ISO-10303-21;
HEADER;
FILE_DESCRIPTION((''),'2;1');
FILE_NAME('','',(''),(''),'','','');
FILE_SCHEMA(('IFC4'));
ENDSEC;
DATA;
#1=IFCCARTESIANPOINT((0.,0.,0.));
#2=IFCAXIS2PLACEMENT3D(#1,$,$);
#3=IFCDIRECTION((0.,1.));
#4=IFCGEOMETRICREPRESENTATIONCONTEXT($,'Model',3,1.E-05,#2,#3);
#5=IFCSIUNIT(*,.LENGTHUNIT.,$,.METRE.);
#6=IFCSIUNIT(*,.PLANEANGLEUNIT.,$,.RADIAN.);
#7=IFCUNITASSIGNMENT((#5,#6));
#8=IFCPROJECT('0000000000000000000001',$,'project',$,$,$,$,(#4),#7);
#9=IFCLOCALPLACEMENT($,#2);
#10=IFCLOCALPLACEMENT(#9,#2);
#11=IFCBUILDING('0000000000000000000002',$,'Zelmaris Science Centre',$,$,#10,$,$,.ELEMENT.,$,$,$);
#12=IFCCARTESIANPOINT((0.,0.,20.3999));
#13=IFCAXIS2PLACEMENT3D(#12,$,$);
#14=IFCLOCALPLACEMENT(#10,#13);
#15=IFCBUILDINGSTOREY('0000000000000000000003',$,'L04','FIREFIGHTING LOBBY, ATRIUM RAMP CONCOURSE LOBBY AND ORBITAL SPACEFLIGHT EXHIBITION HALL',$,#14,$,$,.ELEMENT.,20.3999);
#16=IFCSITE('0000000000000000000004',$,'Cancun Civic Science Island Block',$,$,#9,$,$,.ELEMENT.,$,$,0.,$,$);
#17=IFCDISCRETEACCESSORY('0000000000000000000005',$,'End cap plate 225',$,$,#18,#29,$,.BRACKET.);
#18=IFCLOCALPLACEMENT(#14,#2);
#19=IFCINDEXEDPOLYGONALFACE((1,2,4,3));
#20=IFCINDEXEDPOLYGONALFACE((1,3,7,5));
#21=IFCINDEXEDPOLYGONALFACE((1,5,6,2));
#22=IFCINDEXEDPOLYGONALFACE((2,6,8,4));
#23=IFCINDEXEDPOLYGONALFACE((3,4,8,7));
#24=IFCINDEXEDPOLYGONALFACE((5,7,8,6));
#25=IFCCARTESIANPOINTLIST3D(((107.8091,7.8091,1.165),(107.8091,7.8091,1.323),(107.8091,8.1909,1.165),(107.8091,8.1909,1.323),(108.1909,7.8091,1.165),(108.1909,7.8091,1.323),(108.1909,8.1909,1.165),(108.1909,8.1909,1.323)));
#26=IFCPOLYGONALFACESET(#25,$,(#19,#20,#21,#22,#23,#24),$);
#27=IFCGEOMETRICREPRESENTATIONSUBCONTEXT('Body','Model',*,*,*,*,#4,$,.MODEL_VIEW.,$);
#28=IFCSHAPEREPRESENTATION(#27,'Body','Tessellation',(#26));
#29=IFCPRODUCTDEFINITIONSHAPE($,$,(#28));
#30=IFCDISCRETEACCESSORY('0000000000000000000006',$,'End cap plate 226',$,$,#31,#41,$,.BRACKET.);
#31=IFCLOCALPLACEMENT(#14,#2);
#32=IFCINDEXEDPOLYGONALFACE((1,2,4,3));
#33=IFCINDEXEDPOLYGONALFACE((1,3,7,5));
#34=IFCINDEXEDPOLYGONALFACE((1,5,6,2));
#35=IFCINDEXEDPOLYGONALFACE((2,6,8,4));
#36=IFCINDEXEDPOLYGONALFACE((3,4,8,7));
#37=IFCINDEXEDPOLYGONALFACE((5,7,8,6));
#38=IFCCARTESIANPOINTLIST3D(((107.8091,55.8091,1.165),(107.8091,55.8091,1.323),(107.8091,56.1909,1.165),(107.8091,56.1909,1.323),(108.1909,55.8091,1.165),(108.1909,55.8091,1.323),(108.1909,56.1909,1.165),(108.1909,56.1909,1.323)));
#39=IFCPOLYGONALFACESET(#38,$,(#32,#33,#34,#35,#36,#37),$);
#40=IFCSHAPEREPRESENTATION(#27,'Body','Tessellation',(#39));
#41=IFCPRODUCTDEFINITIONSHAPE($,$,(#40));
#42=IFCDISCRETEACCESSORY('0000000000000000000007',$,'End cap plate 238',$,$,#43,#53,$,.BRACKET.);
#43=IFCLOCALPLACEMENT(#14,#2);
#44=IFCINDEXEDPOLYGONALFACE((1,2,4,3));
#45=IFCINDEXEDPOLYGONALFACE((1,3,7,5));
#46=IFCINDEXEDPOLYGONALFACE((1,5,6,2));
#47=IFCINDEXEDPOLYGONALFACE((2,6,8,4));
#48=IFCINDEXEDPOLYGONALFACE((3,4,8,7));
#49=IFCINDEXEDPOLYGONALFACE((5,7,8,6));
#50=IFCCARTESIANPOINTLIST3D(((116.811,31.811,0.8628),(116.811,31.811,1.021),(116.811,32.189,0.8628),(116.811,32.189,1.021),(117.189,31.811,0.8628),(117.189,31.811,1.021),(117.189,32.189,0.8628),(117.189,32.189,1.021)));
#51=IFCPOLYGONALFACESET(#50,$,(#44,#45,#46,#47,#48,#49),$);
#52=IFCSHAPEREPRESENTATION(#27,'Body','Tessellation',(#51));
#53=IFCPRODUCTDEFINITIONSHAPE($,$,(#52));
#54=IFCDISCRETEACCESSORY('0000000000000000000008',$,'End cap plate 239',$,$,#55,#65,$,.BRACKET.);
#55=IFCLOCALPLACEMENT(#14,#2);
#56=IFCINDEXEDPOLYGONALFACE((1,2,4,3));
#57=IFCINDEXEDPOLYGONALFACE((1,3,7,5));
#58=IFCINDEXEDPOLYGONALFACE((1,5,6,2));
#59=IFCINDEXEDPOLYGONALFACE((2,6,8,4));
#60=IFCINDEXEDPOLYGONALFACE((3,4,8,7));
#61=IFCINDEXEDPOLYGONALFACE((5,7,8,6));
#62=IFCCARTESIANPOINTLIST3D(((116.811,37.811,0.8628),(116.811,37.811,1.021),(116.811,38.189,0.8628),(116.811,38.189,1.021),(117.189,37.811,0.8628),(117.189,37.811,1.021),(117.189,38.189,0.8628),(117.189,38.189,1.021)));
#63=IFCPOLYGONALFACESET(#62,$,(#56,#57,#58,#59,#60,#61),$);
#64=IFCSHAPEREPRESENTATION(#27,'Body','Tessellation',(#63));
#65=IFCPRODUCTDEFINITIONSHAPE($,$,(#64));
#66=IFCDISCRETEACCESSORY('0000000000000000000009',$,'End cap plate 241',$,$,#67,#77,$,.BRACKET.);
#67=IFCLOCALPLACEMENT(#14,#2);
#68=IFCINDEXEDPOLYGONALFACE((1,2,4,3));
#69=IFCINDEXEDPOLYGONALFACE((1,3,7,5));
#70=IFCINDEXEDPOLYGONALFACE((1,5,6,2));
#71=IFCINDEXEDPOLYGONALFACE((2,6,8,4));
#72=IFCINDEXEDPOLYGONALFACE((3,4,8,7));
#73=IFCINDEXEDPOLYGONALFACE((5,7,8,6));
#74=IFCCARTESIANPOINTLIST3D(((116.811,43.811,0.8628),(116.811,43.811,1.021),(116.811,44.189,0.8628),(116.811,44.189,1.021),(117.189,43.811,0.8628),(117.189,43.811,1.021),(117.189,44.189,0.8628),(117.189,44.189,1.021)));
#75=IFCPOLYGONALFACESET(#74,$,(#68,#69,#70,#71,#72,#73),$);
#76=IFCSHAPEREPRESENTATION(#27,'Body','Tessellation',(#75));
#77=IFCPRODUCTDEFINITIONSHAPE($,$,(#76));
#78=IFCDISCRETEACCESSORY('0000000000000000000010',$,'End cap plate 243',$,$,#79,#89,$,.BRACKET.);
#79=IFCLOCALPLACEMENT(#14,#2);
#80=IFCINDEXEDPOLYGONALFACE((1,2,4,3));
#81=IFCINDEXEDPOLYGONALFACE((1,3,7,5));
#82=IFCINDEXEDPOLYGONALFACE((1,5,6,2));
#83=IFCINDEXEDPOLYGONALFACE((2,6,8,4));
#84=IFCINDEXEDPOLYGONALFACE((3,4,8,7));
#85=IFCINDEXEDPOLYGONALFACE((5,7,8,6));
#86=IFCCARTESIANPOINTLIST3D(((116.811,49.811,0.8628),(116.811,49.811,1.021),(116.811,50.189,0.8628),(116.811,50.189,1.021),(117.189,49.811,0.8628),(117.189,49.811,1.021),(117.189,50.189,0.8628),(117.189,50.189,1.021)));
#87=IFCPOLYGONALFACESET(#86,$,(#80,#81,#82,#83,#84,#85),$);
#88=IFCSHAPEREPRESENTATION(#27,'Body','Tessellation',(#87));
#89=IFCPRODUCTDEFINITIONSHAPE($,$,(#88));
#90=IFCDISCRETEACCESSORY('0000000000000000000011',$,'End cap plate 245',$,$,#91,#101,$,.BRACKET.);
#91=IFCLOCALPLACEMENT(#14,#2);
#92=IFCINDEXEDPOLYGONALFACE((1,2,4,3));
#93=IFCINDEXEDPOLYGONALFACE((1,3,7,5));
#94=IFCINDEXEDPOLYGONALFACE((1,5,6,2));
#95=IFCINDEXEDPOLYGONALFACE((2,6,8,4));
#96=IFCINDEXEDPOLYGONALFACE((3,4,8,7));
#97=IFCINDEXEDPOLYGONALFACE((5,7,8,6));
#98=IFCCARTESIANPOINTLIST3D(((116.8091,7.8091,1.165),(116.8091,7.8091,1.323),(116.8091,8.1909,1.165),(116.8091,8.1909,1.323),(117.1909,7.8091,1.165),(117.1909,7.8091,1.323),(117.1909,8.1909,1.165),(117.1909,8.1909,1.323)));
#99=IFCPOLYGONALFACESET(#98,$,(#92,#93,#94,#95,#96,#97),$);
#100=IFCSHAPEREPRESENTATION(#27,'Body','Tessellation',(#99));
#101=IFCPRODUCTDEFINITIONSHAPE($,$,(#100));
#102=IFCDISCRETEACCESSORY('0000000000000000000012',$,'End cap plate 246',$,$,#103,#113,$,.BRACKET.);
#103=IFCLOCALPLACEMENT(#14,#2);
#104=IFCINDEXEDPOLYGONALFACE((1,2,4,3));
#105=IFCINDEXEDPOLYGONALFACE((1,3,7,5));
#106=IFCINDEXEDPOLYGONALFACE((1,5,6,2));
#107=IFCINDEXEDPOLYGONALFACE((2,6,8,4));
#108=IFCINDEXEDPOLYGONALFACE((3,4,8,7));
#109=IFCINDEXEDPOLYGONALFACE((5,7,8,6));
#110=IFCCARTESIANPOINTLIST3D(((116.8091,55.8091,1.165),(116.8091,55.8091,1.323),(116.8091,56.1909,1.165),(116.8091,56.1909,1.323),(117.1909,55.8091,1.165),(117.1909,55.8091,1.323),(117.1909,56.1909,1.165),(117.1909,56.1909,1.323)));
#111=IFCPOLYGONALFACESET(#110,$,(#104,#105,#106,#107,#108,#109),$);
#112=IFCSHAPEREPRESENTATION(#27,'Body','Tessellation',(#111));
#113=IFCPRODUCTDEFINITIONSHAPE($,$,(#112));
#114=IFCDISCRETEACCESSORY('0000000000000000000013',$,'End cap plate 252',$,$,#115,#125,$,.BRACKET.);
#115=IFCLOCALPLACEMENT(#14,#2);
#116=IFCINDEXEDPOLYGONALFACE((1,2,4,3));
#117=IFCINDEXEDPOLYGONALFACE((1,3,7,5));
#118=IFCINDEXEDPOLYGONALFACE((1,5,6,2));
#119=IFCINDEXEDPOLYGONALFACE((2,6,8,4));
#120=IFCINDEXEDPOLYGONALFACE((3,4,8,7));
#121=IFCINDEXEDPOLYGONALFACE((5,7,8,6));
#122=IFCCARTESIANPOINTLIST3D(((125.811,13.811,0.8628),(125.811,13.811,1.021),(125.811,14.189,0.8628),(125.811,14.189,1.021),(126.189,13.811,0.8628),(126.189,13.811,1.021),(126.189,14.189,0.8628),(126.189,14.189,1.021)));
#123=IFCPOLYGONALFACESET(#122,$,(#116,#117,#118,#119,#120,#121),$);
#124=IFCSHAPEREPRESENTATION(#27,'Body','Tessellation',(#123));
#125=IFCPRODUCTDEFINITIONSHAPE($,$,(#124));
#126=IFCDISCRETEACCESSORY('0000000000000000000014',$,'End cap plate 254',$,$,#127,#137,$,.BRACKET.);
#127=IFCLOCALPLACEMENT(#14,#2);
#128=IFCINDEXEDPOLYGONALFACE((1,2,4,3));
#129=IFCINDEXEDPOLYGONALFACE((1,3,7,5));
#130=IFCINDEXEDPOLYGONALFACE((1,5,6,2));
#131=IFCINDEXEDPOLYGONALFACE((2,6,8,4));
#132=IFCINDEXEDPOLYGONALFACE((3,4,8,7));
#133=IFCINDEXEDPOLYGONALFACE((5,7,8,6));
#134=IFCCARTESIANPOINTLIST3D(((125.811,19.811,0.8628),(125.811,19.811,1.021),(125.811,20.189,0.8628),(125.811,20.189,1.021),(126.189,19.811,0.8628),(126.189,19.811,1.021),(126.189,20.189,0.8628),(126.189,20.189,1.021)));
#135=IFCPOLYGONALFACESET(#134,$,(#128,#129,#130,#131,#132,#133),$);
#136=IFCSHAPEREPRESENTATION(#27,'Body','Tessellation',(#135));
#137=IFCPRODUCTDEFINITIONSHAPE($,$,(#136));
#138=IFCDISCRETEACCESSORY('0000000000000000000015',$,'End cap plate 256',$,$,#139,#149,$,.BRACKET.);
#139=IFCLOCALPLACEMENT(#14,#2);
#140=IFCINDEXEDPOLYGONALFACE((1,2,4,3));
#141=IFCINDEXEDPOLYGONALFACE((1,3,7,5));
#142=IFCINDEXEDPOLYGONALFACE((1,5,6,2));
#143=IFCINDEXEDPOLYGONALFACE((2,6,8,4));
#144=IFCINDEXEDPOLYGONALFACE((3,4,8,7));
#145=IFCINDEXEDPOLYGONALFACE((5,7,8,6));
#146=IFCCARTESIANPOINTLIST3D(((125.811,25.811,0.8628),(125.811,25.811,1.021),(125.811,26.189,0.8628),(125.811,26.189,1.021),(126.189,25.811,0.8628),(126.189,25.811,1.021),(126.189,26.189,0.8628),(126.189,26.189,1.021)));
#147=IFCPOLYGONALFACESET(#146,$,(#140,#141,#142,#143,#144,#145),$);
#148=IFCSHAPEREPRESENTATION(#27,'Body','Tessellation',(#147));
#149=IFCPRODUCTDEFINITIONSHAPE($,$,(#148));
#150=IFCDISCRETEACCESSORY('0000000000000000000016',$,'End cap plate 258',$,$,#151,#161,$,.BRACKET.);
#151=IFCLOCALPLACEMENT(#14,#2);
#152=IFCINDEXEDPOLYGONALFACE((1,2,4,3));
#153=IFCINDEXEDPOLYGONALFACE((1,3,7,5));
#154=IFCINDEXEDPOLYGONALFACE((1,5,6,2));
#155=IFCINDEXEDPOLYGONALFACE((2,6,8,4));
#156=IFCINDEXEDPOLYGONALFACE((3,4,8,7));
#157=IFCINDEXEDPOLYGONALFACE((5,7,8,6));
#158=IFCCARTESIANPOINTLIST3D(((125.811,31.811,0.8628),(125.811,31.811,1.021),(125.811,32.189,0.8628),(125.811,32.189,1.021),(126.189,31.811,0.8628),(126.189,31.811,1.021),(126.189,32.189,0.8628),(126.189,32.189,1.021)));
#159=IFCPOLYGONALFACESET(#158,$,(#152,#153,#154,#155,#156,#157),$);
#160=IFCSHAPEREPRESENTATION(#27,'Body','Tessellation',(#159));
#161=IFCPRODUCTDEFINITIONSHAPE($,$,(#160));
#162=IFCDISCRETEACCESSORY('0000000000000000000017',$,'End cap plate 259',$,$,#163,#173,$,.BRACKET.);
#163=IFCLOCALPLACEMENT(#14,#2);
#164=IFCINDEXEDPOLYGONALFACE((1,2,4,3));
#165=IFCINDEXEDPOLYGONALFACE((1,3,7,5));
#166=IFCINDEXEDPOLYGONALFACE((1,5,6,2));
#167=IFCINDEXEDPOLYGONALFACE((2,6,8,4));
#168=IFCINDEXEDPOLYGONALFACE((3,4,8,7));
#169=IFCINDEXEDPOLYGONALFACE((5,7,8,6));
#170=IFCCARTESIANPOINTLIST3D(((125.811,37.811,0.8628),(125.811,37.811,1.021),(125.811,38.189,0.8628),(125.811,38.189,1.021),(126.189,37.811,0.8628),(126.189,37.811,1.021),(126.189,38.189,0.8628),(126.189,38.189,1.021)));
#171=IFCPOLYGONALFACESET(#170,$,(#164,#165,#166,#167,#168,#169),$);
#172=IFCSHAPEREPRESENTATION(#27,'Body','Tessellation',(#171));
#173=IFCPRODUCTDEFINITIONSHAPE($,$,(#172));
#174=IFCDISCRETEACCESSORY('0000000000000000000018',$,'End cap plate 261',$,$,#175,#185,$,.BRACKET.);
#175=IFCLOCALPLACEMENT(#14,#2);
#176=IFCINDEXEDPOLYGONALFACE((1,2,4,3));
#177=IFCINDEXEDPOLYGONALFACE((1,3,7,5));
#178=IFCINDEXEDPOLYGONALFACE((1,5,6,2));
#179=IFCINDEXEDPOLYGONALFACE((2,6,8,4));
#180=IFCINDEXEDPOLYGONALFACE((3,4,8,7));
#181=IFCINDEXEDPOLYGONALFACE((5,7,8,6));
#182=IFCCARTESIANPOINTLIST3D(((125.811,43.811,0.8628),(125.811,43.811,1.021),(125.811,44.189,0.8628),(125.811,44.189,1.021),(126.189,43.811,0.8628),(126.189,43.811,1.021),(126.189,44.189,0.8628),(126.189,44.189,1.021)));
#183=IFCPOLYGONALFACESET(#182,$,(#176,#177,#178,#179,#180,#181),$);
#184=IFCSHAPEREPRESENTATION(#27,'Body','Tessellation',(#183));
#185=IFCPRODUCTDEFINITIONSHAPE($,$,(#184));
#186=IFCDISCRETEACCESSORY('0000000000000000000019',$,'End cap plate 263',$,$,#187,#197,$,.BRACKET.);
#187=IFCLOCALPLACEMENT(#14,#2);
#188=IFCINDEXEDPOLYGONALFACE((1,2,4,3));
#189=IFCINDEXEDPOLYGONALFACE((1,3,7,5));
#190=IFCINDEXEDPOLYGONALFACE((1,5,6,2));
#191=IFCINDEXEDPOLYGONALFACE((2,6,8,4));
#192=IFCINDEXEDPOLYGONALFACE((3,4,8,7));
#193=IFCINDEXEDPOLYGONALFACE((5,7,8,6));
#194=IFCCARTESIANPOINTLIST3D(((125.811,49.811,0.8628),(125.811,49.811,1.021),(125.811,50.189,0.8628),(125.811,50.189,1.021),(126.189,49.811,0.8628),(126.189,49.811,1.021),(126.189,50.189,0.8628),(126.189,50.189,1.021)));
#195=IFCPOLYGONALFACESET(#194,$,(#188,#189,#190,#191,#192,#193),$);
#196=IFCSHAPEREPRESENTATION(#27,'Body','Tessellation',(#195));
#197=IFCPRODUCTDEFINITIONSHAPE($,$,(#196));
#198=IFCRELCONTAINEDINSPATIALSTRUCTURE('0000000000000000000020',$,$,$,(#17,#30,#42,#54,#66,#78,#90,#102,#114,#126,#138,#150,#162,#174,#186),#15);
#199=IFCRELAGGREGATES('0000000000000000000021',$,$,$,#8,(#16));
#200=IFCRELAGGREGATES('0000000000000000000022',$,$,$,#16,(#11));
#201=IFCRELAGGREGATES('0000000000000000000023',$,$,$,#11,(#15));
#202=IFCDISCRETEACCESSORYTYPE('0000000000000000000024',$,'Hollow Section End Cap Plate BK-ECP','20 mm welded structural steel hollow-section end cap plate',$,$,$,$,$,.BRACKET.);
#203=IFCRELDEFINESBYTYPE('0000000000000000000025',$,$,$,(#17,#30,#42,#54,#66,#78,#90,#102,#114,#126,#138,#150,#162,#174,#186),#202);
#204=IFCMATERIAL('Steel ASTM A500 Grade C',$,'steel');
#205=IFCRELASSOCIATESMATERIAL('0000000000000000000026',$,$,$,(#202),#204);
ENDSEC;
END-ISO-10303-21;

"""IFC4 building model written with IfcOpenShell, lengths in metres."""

from ifc_helpers import new_model, si_unit, direction, frame, origin, place, context, subcontext, project, spatial, polyline, outline, extrude, material, type_object, element, save


model = new_model("IFC4")

# Units and contexts
model_context = context("Model", 3, precision=1e-05, world=origin(), true_north=direction((0.0, 1.0)))
body_context = subcontext(model_context, "Body", "Model", "MODEL_VIEW")
ifc_project = project(units=[si_unit("LENGTHUNIT", "METRE"), si_unit("PLANEANGLEUNIT", "RADIAN")], contexts=[model_context])

# Site, building, storey
site_placement = place(None, origin())
site = spatial("IfcSite", under=ifc_project, at=site_placement, Name="Cancun Civic Science Island Block", CompositionType="ELEMENT", RefElevation=0.0)
building_placement = place(site_placement, origin())
building = spatial("IfcBuilding", under=site, at=building_placement, Name="Zelmaris Science Centre", CompositionType="ELEMENT")
storey_placement = place(building_placement, frame((0.0, 0.0, 20.3999)))
storey = spatial("IfcBuildingStorey", under=building, at=storey_placement, Name="L04", Description="FIREFIGHTING LOBBY, ATRIUM RAMP CONCOURSE LOBBY AND ORBITAL SPACEFLIGHT EXHIBITION HALL", CompositionType="ELEMENT", Elevation=20.3999)

# Discrete accessories
ifc_material = material(Name="Steel ASTM A500 Grade C", Category="steel")
discrete_accessory_type = type_object("IfcDiscreteAccessoryType", Name="Hollow Section End Cap Plate BK-ECP", Description="20 mm welded structural steel hollow-section end cap plate", PredefinedType="BRACKET", material=ifc_material)
discrete_accessory_1_placement = place(storey_placement, frame((0.0, 0.0, 1.165)))
element("IfcDiscreteAccessory", 1, at=discrete_accessory_1_placement, inside=storey, type_object=discrete_accessory_type, Name="End cap plate 225", PredefinedType="BRACKET", context=body_context, shape_type="SweptSolid", body=[
    extrude(outline(polyline([(107.8091, 7.8091), (108.1909, 7.8091), (108.1909, 8.1909), (107.8091, 8.1909), (107.8091, 7.8091)])), origin(), (0.0, 0.0, 1.0), 0.158),
])
discrete_accessory_2_placement = place(storey_placement, frame((0.0, 0.0, 1.165)))
element("IfcDiscreteAccessory", 2, at=discrete_accessory_2_placement, inside=storey, type_object=discrete_accessory_type, Name="End cap plate 226", PredefinedType="BRACKET", context=body_context, shape_type="SweptSolid", body=[
    extrude(outline(polyline([(107.8091, 55.8091), (108.1909, 55.8091), (108.1909, 56.1909), (107.8091, 56.1909), (107.8091, 55.8091)])), origin(), (0.0, 0.0, 1.0), 0.158),
])
discrete_accessory_3_placement = place(storey_placement, frame((0.0, 0.0, 0.8628)))
element("IfcDiscreteAccessory", 3, at=discrete_accessory_3_placement, inside=storey, type_object=discrete_accessory_type, Name="End cap plate 238", PredefinedType="BRACKET", context=body_context, shape_type="SweptSolid", body=[
    extrude(outline(polyline([(116.811, 31.811), (117.189, 31.811), (117.189, 32.189), (116.811, 32.189), (116.811, 31.811)])), origin(), (0.0, 0.0, 1.0), 0.1582),
])
discrete_accessory_4_placement = place(storey_placement, frame((0.0, 0.0, 0.8628)))
element("IfcDiscreteAccessory", 4, at=discrete_accessory_4_placement, inside=storey, type_object=discrete_accessory_type, Name="End cap plate 239", PredefinedType="BRACKET", context=body_context, shape_type="SweptSolid", body=[
    extrude(outline(polyline([(116.811, 37.811), (117.189, 37.811), (117.189, 38.189), (116.811, 38.189), (116.811, 37.811)])), origin(), (0.0, 0.0, 1.0), 0.1582),
])
discrete_accessory_5_placement = place(storey_placement, frame((0.0, 0.0, 0.8628)))
element("IfcDiscreteAccessory", 5, at=discrete_accessory_5_placement, inside=storey, type_object=discrete_accessory_type, Name="End cap plate 241", PredefinedType="BRACKET", context=body_context, shape_type="SweptSolid", body=[
    extrude(outline(polyline([(116.811, 43.811), (117.189, 43.811), (117.189, 44.189), (116.811, 44.189), (116.811, 43.811)])), origin(), (0.0, 0.0, 1.0), 0.1582),
])
discrete_accessory_6_placement = place(storey_placement, frame((0.0, 0.0, 0.8628)))
element("IfcDiscreteAccessory", 6, at=discrete_accessory_6_placement, inside=storey, type_object=discrete_accessory_type, Name="End cap plate 243", PredefinedType="BRACKET", context=body_context, shape_type="SweptSolid", body=[
    extrude(outline(polyline([(116.811, 49.811), (117.189, 49.811), (117.189, 50.189), (116.811, 50.189), (116.811, 49.811)])), origin(), (0.0, 0.0, 1.0), 0.1582),
])
discrete_accessory_7_placement = place(storey_placement, frame((0.0, 0.0, 1.165)))
element("IfcDiscreteAccessory", 7, at=discrete_accessory_7_placement, inside=storey, type_object=discrete_accessory_type, Name="End cap plate 245", PredefinedType="BRACKET", context=body_context, shape_type="SweptSolid", body=[
    extrude(outline(polyline([(116.8091, 7.8091), (117.1909, 7.8091), (117.1909, 8.1909), (116.8091, 8.1909), (116.8091, 7.8091)])), origin(), (0.0, 0.0, 1.0), 0.158),
])
discrete_accessory_8_placement = place(storey_placement, frame((0.0, 0.0, 1.165)))
element("IfcDiscreteAccessory", 8, at=discrete_accessory_8_placement, inside=storey, type_object=discrete_accessory_type, Name="End cap plate 246", PredefinedType="BRACKET", context=body_context, shape_type="SweptSolid", body=[
    extrude(outline(polyline([(116.8091, 55.8091), (117.1909, 55.8091), (117.1909, 56.1909), (116.8091, 56.1909), (116.8091, 55.8091)])), origin(), (0.0, 0.0, 1.0), 0.158),
])
discrete_accessory_9_placement = place(storey_placement, frame((0.0, 0.0, 0.8628)))
element("IfcDiscreteAccessory", 9, at=discrete_accessory_9_placement, inside=storey, type_object=discrete_accessory_type, Name="End cap plate 252", PredefinedType="BRACKET", context=body_context, shape_type="SweptSolid", body=[
    extrude(outline(polyline([(125.811, 13.811), (126.189, 13.811), (126.189, 14.189), (125.811, 14.189), (125.811, 13.811)])), origin(), (0.0, 0.0, 1.0), 0.1582),
])
discrete_accessory_10_placement = place(storey_placement, frame((0.0, 0.0, 0.8628)))
element("IfcDiscreteAccessory", 10, at=discrete_accessory_10_placement, inside=storey, type_object=discrete_accessory_type, Name="End cap plate 254", PredefinedType="BRACKET", context=body_context, shape_type="SweptSolid", body=[
    extrude(outline(polyline([(125.811, 19.811), (126.189, 19.811), (126.189, 20.189), (125.811, 20.189), (125.811, 19.811)])), origin(), (0.0, 0.0, 1.0), 0.1582),
])
discrete_accessory_11_placement = place(storey_placement, frame((0.0, 0.0, 0.8628)))
element("IfcDiscreteAccessory", 11, at=discrete_accessory_11_placement, inside=storey, type_object=discrete_accessory_type, Name="End cap plate 256", PredefinedType="BRACKET", context=body_context, shape_type="SweptSolid", body=[
    extrude(outline(polyline([(125.811, 25.811), (126.189, 25.811), (126.189, 26.189), (125.811, 26.189), (125.811, 25.811)])), origin(), (0.0, 0.0, 1.0), 0.1582),
])
discrete_accessory_12_placement = place(storey_placement, frame((0.0, 0.0, 0.8628)))
element("IfcDiscreteAccessory", 12, at=discrete_accessory_12_placement, inside=storey, type_object=discrete_accessory_type, Name="End cap plate 258", PredefinedType="BRACKET", context=body_context, shape_type="SweptSolid", body=[
    extrude(outline(polyline([(125.811, 31.811), (126.189, 31.811), (126.189, 32.189), (125.811, 32.189), (125.811, 31.811)])), origin(), (0.0, 0.0, 1.0), 0.1582),
])
discrete_accessory_13_placement = place(storey_placement, frame((0.0, 0.0, 0.8628)))
element("IfcDiscreteAccessory", 13, at=discrete_accessory_13_placement, inside=storey, type_object=discrete_accessory_type, Name="End cap plate 259", PredefinedType="BRACKET", context=body_context, shape_type="SweptSolid", body=[
    extrude(outline(polyline([(125.811, 37.811), (126.189, 37.811), (126.189, 38.189), (125.811, 38.189), (125.811, 37.811)])), origin(), (0.0, 0.0, 1.0), 0.1582),
])
discrete_accessory_14_placement = place(storey_placement, frame((0.0, 0.0, 0.8628)))
element("IfcDiscreteAccessory", 14, at=discrete_accessory_14_placement, inside=storey, type_object=discrete_accessory_type, Name="End cap plate 261", PredefinedType="BRACKET", context=body_context, shape_type="SweptSolid", body=[
    extrude(outline(polyline([(125.811, 43.811), (126.189, 43.811), (126.189, 44.189), (125.811, 44.189), (125.811, 43.811)])), origin(), (0.0, 0.0, 1.0), 0.1582),
])
discrete_accessory_15_placement = place(storey_placement, frame((0.0, 0.0, 0.8628)))
element("IfcDiscreteAccessory", 15, at=discrete_accessory_15_placement, inside=storey, type_object=discrete_accessory_type, Name="End cap plate 263", PredefinedType="BRACKET", context=body_context, shape_type="SweptSolid", body=[
    extrude(outline(polyline([(125.811, 49.811), (126.189, 49.811), (126.189, 50.189), (125.811, 50.189), (125.811, 49.811)])), origin(), (0.0, 0.0, 1.0), 0.1582),
])

save(model, "model.ifc")
